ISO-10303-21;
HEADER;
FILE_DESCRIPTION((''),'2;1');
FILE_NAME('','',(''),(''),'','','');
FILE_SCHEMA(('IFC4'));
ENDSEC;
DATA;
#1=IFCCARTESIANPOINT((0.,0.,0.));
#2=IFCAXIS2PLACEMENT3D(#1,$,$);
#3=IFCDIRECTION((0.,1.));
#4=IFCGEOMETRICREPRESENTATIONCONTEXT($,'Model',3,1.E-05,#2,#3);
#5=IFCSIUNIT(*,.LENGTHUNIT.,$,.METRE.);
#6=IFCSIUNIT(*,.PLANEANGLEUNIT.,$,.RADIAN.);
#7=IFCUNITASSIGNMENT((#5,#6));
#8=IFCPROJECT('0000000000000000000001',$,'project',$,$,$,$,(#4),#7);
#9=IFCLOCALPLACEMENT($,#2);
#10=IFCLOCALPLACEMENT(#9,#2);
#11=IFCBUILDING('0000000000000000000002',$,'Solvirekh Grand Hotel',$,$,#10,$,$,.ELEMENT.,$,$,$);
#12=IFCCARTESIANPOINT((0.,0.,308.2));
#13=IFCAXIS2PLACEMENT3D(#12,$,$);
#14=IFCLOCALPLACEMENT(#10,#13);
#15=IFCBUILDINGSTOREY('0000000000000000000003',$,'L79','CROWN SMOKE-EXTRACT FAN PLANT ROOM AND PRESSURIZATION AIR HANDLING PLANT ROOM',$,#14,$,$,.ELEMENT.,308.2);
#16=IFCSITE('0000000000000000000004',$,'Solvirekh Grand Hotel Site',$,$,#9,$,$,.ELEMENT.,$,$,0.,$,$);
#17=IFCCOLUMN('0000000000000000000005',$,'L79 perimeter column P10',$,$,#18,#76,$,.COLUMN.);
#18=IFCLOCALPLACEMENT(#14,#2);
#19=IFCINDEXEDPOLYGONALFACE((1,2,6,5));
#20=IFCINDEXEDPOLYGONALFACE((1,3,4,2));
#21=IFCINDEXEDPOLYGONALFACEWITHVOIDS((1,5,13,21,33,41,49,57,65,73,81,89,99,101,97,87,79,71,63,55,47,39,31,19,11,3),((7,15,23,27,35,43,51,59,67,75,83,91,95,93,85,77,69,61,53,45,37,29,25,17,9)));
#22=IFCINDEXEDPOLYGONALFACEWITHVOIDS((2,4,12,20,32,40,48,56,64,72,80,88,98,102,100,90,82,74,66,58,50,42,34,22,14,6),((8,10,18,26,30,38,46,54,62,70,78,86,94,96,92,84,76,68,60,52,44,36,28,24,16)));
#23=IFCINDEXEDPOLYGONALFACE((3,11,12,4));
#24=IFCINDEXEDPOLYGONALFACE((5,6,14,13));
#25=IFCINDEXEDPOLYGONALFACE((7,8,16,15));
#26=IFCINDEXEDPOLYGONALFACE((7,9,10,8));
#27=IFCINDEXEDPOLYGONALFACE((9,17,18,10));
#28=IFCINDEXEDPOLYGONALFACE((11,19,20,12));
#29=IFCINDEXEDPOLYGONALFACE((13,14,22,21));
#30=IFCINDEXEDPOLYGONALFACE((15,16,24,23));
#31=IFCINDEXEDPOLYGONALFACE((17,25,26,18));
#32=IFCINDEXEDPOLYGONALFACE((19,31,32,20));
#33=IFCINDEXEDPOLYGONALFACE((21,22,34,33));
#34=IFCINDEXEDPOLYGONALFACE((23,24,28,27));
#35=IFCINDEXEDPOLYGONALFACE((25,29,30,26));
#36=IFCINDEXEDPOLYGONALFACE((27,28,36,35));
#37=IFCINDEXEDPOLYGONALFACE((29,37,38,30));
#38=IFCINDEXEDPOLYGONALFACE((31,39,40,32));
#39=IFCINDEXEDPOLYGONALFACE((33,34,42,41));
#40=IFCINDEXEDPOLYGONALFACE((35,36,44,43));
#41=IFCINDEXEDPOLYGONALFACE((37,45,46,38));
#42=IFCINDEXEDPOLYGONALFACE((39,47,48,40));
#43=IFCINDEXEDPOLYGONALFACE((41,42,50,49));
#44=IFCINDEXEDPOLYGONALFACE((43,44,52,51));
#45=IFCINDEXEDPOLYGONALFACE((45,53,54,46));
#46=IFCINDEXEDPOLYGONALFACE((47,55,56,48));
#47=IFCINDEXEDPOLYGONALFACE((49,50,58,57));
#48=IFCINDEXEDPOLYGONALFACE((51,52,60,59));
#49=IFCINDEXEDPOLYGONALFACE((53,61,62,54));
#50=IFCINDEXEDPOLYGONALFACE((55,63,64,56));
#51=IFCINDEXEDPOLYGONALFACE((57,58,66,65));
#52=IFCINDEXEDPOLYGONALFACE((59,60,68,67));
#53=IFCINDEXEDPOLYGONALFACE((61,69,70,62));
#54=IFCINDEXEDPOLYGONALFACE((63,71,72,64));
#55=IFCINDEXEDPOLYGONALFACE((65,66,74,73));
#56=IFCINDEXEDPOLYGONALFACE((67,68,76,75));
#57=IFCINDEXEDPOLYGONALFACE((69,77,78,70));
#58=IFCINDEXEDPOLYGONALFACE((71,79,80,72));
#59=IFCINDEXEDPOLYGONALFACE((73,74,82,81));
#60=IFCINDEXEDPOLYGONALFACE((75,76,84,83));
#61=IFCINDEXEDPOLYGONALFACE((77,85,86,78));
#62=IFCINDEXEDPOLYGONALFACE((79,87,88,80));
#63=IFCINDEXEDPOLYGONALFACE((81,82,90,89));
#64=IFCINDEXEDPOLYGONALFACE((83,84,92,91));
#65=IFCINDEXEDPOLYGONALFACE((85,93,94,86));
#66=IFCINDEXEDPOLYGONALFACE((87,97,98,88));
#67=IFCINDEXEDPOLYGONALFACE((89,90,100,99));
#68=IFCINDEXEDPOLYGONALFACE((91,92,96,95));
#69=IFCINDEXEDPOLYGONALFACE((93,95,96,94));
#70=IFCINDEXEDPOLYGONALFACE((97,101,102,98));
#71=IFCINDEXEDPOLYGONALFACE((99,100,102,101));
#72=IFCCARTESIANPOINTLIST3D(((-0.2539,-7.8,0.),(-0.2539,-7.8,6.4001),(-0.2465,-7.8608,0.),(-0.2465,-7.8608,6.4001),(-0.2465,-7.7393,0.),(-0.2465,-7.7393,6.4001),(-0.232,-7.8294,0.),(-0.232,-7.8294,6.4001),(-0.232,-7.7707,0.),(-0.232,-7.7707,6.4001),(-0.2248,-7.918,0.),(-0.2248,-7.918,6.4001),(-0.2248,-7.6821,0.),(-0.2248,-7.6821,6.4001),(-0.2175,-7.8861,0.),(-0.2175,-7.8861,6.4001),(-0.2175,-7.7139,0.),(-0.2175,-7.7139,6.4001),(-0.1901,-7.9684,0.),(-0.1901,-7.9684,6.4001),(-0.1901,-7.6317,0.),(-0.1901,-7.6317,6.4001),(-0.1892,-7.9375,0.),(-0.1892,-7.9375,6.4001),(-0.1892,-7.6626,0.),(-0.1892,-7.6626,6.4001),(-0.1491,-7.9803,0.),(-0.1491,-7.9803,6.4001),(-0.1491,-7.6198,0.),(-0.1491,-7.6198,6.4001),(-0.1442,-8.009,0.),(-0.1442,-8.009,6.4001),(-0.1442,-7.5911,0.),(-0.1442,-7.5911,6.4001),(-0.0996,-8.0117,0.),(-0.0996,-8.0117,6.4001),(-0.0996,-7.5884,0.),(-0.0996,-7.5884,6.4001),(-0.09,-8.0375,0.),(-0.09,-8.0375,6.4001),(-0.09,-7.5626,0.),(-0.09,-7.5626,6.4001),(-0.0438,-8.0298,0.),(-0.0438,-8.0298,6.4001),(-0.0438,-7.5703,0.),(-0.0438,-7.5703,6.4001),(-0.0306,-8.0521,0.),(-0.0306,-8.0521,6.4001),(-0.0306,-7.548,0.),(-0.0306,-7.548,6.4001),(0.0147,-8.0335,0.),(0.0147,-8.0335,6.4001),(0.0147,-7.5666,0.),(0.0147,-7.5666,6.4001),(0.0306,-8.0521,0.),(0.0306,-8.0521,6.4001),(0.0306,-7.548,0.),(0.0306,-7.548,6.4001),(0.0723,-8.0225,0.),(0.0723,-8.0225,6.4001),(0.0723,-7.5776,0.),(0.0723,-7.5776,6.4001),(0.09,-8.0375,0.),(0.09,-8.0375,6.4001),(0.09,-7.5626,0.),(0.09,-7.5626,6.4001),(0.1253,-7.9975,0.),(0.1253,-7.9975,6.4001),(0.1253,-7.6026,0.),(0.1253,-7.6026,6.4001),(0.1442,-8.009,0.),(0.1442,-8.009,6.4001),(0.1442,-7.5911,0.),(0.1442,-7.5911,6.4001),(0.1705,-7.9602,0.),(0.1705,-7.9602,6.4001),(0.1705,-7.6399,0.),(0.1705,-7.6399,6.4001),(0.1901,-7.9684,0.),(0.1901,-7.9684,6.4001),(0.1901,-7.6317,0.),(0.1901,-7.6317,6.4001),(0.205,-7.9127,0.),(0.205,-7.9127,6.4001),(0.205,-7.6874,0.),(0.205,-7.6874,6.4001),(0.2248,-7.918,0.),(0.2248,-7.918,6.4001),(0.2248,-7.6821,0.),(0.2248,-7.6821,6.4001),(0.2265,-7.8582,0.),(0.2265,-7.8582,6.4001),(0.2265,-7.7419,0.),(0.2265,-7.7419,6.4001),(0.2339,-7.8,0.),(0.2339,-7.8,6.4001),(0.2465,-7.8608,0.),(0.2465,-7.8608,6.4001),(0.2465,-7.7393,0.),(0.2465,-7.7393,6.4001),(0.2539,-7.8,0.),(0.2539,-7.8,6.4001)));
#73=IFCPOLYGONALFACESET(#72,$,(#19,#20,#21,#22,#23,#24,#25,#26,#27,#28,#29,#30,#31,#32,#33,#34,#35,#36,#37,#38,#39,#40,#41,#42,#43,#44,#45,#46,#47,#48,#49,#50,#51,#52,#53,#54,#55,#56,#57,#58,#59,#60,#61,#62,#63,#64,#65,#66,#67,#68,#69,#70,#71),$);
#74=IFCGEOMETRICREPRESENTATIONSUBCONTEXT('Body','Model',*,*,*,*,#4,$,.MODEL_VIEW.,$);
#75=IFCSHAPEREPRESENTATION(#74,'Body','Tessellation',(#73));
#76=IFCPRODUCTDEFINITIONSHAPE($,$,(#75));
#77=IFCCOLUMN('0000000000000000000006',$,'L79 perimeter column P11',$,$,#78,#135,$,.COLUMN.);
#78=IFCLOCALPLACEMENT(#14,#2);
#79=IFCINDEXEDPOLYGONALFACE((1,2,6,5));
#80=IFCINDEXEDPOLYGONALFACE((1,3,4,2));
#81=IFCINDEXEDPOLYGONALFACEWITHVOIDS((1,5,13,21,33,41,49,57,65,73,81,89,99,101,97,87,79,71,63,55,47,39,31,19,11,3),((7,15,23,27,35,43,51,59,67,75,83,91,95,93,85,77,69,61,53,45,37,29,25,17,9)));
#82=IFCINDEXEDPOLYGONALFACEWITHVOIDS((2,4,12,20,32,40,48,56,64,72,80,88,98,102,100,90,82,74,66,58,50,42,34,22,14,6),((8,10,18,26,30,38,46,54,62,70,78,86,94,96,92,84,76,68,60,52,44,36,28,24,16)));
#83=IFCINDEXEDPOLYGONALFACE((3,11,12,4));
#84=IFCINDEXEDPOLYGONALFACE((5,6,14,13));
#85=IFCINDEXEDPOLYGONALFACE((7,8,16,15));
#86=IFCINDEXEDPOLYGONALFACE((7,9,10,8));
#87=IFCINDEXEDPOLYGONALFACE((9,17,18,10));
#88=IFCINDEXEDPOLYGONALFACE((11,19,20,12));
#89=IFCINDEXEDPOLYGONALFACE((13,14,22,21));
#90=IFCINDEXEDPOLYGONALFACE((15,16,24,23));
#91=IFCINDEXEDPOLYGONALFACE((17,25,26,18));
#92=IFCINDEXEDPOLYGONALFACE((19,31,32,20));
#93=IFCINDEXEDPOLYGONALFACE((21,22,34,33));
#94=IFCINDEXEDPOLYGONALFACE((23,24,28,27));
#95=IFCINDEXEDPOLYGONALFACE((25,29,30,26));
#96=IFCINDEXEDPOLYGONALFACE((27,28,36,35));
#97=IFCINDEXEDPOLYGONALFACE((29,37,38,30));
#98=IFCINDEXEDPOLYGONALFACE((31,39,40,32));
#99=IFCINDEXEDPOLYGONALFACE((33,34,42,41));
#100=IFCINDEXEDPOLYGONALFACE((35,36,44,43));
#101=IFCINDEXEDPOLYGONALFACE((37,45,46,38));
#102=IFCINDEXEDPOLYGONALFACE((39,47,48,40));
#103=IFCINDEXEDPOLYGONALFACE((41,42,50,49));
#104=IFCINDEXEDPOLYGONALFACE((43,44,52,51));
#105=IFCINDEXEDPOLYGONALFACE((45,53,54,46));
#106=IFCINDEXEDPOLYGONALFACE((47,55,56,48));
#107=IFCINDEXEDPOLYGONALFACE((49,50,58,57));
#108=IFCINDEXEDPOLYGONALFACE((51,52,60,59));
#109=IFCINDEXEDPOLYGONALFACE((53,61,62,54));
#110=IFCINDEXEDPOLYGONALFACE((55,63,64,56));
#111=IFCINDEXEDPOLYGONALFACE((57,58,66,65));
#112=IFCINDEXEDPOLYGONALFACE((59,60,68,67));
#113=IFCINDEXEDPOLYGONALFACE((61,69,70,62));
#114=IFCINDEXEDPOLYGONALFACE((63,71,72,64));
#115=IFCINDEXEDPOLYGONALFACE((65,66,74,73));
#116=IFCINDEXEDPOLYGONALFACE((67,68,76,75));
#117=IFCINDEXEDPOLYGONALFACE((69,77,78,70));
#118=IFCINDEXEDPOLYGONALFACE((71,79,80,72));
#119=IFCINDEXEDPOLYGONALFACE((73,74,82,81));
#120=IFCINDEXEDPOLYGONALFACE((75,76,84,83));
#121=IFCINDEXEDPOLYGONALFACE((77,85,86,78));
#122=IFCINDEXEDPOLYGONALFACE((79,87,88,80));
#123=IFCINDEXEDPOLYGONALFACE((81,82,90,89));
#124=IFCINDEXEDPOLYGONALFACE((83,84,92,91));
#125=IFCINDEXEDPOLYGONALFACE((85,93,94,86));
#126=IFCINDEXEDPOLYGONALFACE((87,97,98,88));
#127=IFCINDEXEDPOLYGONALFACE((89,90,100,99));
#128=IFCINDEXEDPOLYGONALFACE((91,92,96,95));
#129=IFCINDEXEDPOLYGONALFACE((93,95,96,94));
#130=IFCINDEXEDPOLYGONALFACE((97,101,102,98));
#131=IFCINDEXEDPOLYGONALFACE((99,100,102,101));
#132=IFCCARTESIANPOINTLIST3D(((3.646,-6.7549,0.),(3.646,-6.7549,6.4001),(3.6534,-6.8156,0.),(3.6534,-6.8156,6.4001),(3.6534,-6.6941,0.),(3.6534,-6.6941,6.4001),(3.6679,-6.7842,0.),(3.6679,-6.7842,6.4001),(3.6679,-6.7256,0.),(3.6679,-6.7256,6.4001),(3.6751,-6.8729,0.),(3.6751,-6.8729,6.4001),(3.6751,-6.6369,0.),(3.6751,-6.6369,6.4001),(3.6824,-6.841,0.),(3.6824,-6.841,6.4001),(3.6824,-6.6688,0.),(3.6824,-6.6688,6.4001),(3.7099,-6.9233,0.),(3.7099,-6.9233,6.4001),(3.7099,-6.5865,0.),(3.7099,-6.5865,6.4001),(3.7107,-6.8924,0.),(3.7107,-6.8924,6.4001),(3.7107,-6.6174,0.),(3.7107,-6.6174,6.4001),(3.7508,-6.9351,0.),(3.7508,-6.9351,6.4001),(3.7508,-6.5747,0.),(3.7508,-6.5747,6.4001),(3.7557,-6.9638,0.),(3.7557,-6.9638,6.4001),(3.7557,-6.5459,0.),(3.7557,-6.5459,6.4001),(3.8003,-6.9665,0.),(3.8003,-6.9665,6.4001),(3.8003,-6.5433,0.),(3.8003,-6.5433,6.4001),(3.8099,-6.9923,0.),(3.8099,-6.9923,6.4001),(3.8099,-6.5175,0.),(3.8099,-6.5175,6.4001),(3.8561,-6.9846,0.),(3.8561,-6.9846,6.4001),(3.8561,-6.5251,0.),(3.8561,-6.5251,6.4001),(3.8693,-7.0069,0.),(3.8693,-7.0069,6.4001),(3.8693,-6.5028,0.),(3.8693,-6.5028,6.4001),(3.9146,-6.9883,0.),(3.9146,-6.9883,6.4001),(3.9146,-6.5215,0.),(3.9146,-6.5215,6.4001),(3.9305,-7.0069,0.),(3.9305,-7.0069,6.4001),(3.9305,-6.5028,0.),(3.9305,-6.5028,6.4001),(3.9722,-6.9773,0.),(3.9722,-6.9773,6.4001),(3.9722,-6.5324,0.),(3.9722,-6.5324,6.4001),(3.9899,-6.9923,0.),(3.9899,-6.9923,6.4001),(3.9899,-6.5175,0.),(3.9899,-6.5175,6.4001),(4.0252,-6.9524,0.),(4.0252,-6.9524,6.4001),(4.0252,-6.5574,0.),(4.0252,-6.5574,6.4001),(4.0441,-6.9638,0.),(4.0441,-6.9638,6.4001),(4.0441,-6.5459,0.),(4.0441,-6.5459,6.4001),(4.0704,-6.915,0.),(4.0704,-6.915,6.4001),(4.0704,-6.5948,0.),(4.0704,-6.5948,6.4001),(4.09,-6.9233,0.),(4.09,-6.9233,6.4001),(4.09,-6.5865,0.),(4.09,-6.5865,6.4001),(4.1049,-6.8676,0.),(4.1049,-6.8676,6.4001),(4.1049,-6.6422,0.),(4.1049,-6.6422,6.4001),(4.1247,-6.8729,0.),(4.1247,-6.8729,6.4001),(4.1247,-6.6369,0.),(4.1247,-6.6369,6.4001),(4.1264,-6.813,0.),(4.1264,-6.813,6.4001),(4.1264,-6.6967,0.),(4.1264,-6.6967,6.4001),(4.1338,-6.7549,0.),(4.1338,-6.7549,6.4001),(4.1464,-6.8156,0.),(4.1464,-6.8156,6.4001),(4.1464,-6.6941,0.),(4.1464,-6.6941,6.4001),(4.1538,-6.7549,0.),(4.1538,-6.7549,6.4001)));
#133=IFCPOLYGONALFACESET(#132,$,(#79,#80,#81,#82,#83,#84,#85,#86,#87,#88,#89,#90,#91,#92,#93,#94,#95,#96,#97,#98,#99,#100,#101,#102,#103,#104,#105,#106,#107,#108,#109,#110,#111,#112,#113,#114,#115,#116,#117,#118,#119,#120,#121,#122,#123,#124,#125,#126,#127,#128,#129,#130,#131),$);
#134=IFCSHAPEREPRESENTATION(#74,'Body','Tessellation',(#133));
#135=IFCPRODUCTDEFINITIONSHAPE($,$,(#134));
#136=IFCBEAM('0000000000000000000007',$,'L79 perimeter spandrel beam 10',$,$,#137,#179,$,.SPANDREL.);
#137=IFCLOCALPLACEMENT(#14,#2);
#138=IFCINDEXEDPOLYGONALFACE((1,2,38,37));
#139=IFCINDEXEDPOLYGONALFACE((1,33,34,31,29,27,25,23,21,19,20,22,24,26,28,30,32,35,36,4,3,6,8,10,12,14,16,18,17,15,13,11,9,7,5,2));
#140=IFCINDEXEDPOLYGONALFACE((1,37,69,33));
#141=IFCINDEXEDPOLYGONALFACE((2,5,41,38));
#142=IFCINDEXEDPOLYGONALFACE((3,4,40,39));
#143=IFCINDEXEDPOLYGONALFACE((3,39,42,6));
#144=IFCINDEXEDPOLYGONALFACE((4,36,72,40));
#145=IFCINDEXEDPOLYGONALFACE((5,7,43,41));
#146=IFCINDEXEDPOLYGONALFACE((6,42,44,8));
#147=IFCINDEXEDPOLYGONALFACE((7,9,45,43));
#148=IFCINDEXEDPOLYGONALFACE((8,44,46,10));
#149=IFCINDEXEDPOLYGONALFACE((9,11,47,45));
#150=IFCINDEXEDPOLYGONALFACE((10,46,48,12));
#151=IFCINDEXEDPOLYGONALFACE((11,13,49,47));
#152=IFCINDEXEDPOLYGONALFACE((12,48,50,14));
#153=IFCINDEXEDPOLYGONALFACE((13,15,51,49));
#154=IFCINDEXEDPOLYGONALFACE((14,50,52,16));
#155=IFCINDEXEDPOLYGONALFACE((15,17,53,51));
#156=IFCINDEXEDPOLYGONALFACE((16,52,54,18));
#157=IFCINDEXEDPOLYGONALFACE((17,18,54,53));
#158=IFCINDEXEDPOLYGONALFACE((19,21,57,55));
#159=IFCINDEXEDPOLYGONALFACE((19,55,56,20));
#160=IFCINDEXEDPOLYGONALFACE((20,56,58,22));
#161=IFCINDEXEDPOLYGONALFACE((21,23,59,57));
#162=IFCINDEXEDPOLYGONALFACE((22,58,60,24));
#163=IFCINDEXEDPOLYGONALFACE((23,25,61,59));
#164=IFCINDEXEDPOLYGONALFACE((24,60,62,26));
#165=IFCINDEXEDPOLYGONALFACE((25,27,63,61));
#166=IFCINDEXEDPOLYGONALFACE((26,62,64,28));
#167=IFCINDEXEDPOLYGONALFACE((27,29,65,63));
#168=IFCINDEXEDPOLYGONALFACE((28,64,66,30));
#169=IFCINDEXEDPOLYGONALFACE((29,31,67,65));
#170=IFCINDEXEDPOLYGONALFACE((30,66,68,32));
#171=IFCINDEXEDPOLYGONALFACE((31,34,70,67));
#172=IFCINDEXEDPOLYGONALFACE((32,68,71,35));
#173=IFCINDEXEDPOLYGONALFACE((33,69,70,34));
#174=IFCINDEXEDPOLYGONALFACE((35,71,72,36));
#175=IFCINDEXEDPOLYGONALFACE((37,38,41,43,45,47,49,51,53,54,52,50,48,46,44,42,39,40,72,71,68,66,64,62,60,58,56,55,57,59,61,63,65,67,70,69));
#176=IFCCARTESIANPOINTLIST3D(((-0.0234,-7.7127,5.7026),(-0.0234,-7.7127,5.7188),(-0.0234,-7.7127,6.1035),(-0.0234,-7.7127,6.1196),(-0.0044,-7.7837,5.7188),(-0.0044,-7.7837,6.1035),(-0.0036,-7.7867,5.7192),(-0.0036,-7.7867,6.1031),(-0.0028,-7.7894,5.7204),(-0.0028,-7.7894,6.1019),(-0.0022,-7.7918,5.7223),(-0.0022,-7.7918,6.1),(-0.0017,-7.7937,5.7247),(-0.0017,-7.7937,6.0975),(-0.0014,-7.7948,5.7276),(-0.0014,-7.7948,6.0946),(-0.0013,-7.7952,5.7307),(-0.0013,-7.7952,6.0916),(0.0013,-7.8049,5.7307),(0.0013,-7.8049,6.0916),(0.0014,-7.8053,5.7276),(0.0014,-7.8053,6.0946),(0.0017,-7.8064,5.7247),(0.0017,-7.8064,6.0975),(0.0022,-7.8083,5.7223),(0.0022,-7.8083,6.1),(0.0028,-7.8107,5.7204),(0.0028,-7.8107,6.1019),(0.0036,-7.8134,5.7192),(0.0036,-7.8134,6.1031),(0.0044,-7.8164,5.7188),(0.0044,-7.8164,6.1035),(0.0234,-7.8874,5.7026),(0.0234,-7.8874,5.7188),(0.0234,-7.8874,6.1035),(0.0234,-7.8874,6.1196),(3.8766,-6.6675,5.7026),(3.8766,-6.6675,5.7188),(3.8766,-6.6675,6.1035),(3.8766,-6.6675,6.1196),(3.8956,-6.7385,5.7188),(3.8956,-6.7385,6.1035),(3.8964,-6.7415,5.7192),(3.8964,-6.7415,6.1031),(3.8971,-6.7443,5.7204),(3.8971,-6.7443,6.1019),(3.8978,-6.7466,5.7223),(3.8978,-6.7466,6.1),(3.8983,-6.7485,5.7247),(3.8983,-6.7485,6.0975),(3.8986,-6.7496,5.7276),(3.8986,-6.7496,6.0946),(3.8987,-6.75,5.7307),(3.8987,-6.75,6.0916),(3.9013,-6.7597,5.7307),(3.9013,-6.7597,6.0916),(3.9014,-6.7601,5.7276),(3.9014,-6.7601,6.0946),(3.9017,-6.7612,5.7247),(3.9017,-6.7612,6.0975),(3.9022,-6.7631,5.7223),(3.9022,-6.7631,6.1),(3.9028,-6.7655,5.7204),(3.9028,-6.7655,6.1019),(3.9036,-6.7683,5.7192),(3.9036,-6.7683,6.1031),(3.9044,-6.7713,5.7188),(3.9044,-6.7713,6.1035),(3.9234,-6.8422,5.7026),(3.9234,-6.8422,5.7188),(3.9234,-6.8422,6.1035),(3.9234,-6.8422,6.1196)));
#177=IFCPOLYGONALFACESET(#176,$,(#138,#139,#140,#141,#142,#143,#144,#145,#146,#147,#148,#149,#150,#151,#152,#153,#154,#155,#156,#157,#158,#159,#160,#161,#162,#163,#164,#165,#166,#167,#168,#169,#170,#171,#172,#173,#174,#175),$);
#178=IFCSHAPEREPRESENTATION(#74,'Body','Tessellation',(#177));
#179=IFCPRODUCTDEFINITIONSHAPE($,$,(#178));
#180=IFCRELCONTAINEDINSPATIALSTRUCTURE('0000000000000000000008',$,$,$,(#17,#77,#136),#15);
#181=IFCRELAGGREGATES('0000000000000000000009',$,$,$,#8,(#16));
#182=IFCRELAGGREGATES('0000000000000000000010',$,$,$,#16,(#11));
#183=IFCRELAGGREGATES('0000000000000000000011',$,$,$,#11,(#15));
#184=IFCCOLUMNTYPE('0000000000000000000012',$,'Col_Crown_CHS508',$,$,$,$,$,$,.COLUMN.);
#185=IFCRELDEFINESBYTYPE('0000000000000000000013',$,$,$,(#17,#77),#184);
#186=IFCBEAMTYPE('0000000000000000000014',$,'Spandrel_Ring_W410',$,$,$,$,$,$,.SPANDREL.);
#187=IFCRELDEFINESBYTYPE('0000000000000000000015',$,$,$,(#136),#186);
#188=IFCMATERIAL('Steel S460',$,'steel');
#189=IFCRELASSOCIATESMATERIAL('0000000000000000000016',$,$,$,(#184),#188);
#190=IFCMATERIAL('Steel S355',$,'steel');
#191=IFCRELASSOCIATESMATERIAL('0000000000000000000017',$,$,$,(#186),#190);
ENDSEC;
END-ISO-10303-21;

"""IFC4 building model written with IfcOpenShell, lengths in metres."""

from ifc_helpers import new_model, si_unit, direction, frame, origin, origin_2d, place, context, subcontext, project, spatial, hollow_circle, i_section, extrude, material, material_profile, profile_set, type_object, element, save


model = new_model("IFC4")

# Units and contexts
model_context = context("Model", 3, precision=1e-05, world=origin(), true_north=direction((0.0, 1.0)))
body_context = subcontext(model_context, "Body", "Model", "MODEL_VIEW")
ifc_project = project(units=[si_unit("LENGTHUNIT", "METRE"), si_unit("PLANEANGLEUNIT", "RADIAN")], contexts=[model_context])

# Site, building, storey
site_placement = place(None, origin())
site = spatial("IfcSite", under=ifc_project, at=site_placement, Name="Solvirekh Grand Hotel Site", CompositionType="ELEMENT", RefElevation=0.0)
building_placement = place(site_placement, origin())
building = spatial("IfcBuilding", under=site, at=building_placement, Name="Solvirekh Grand Hotel", CompositionType="ELEMENT")
storey_placement = place(building_placement, frame((0.0, 0.0, 308.2)))
storey = spatial("IfcBuildingStorey", under=building, at=storey_placement, Name="L79", Description="CROWN SMOKE-EXTRACT FAN PLANT ROOM AND PRESSURIZATION AIR HANDLING PLANT ROOM", CompositionType="ELEMENT", Elevation=308.2)

# Columns
ifc_material_1 = material(Name="Steel S460", Category="steel")
ifc_material_profile_1 = material_profile(ifc_material_1, hollow_circle(Radius=0.2539, WallThickness=0.02, at=origin_2d()), Name="CHS 508X20")
ifc_profile_set_1 = profile_set([ifc_material_profile_1], Name="Steel S460")
column_type = type_object("IfcColumnType", Name="Col_Crown_CHS508", PredefinedType="COLUMN", material=ifc_profile_set_1)
for number, where, z_axis, x_axis, name in (
    (1, (0.0, -7.8, 0.0), (0.0, 0.0, 1.0), (1.0, 0.0, 0.0), "L79 perimeter column P10"),
    (2, (3.8999, -6.7549, 0.0), (0.0, 0.0, 1.0), (1.0, 0.0, 0.0), "L79 perimeter column P11"),
):
    element("IfcColumn", number, at=place(storey_placement, frame(where, z_axis=z_axis, x_axis=x_axis)), inside=storey, type_object=column_type, Name=name, PredefinedType="COLUMN", context=body_context, shape_type="SweptSolid", body=[
        extrude(hollow_circle(Radius=0.2539, WallThickness=0.02, at=origin_2d()), origin(), (0.0, 0.0, 1.0), 6.4001),
    ])

# Beam
ifc_material_2 = material(Name="Steel S355", Category="steel")
ifc_material_profile_2 = material_profile(ifc_material_2, i_section(OverallWidth=0.1809, OverallDepth=0.417, WebThickness=0.01, FlangeThickness=0.0161, FilletRadius=0.012, at=origin_2d()), Name="W410X85")
ifc_profile_set_2 = profile_set([ifc_material_profile_2], Name="Steel S355")
beam_type = type_object("IfcBeamType", Name="Spandrel_Ring_W410", PredefinedType="SPANDREL", material=ifc_profile_set_2)
for number, where, z_axis, x_axis, name in (
    (3, (0.0, -7.8, 5.9111), (0.965914, 0.258863, 0.0), (-0.258863, 0.965914, 0.0), "L79 perimeter spandrel beam 10"),
):
    element("IfcBeam", number, at=place(storey_placement, frame(where, z_axis=z_axis, x_axis=x_axis)), inside=storey, type_object=beam_type, Name=name, PredefinedType="SPANDREL", context=body_context, shape_type="SweptSolid", body=[
        extrude(i_section(OverallWidth=0.1809, OverallDepth=0.417, WebThickness=0.01, FlangeThickness=0.0161, FilletRadius=0.012, at=origin_2d()), origin(), (0.0, 0.0, 1.0), 4.0376),
    ])

save(model, "model.ifc")
